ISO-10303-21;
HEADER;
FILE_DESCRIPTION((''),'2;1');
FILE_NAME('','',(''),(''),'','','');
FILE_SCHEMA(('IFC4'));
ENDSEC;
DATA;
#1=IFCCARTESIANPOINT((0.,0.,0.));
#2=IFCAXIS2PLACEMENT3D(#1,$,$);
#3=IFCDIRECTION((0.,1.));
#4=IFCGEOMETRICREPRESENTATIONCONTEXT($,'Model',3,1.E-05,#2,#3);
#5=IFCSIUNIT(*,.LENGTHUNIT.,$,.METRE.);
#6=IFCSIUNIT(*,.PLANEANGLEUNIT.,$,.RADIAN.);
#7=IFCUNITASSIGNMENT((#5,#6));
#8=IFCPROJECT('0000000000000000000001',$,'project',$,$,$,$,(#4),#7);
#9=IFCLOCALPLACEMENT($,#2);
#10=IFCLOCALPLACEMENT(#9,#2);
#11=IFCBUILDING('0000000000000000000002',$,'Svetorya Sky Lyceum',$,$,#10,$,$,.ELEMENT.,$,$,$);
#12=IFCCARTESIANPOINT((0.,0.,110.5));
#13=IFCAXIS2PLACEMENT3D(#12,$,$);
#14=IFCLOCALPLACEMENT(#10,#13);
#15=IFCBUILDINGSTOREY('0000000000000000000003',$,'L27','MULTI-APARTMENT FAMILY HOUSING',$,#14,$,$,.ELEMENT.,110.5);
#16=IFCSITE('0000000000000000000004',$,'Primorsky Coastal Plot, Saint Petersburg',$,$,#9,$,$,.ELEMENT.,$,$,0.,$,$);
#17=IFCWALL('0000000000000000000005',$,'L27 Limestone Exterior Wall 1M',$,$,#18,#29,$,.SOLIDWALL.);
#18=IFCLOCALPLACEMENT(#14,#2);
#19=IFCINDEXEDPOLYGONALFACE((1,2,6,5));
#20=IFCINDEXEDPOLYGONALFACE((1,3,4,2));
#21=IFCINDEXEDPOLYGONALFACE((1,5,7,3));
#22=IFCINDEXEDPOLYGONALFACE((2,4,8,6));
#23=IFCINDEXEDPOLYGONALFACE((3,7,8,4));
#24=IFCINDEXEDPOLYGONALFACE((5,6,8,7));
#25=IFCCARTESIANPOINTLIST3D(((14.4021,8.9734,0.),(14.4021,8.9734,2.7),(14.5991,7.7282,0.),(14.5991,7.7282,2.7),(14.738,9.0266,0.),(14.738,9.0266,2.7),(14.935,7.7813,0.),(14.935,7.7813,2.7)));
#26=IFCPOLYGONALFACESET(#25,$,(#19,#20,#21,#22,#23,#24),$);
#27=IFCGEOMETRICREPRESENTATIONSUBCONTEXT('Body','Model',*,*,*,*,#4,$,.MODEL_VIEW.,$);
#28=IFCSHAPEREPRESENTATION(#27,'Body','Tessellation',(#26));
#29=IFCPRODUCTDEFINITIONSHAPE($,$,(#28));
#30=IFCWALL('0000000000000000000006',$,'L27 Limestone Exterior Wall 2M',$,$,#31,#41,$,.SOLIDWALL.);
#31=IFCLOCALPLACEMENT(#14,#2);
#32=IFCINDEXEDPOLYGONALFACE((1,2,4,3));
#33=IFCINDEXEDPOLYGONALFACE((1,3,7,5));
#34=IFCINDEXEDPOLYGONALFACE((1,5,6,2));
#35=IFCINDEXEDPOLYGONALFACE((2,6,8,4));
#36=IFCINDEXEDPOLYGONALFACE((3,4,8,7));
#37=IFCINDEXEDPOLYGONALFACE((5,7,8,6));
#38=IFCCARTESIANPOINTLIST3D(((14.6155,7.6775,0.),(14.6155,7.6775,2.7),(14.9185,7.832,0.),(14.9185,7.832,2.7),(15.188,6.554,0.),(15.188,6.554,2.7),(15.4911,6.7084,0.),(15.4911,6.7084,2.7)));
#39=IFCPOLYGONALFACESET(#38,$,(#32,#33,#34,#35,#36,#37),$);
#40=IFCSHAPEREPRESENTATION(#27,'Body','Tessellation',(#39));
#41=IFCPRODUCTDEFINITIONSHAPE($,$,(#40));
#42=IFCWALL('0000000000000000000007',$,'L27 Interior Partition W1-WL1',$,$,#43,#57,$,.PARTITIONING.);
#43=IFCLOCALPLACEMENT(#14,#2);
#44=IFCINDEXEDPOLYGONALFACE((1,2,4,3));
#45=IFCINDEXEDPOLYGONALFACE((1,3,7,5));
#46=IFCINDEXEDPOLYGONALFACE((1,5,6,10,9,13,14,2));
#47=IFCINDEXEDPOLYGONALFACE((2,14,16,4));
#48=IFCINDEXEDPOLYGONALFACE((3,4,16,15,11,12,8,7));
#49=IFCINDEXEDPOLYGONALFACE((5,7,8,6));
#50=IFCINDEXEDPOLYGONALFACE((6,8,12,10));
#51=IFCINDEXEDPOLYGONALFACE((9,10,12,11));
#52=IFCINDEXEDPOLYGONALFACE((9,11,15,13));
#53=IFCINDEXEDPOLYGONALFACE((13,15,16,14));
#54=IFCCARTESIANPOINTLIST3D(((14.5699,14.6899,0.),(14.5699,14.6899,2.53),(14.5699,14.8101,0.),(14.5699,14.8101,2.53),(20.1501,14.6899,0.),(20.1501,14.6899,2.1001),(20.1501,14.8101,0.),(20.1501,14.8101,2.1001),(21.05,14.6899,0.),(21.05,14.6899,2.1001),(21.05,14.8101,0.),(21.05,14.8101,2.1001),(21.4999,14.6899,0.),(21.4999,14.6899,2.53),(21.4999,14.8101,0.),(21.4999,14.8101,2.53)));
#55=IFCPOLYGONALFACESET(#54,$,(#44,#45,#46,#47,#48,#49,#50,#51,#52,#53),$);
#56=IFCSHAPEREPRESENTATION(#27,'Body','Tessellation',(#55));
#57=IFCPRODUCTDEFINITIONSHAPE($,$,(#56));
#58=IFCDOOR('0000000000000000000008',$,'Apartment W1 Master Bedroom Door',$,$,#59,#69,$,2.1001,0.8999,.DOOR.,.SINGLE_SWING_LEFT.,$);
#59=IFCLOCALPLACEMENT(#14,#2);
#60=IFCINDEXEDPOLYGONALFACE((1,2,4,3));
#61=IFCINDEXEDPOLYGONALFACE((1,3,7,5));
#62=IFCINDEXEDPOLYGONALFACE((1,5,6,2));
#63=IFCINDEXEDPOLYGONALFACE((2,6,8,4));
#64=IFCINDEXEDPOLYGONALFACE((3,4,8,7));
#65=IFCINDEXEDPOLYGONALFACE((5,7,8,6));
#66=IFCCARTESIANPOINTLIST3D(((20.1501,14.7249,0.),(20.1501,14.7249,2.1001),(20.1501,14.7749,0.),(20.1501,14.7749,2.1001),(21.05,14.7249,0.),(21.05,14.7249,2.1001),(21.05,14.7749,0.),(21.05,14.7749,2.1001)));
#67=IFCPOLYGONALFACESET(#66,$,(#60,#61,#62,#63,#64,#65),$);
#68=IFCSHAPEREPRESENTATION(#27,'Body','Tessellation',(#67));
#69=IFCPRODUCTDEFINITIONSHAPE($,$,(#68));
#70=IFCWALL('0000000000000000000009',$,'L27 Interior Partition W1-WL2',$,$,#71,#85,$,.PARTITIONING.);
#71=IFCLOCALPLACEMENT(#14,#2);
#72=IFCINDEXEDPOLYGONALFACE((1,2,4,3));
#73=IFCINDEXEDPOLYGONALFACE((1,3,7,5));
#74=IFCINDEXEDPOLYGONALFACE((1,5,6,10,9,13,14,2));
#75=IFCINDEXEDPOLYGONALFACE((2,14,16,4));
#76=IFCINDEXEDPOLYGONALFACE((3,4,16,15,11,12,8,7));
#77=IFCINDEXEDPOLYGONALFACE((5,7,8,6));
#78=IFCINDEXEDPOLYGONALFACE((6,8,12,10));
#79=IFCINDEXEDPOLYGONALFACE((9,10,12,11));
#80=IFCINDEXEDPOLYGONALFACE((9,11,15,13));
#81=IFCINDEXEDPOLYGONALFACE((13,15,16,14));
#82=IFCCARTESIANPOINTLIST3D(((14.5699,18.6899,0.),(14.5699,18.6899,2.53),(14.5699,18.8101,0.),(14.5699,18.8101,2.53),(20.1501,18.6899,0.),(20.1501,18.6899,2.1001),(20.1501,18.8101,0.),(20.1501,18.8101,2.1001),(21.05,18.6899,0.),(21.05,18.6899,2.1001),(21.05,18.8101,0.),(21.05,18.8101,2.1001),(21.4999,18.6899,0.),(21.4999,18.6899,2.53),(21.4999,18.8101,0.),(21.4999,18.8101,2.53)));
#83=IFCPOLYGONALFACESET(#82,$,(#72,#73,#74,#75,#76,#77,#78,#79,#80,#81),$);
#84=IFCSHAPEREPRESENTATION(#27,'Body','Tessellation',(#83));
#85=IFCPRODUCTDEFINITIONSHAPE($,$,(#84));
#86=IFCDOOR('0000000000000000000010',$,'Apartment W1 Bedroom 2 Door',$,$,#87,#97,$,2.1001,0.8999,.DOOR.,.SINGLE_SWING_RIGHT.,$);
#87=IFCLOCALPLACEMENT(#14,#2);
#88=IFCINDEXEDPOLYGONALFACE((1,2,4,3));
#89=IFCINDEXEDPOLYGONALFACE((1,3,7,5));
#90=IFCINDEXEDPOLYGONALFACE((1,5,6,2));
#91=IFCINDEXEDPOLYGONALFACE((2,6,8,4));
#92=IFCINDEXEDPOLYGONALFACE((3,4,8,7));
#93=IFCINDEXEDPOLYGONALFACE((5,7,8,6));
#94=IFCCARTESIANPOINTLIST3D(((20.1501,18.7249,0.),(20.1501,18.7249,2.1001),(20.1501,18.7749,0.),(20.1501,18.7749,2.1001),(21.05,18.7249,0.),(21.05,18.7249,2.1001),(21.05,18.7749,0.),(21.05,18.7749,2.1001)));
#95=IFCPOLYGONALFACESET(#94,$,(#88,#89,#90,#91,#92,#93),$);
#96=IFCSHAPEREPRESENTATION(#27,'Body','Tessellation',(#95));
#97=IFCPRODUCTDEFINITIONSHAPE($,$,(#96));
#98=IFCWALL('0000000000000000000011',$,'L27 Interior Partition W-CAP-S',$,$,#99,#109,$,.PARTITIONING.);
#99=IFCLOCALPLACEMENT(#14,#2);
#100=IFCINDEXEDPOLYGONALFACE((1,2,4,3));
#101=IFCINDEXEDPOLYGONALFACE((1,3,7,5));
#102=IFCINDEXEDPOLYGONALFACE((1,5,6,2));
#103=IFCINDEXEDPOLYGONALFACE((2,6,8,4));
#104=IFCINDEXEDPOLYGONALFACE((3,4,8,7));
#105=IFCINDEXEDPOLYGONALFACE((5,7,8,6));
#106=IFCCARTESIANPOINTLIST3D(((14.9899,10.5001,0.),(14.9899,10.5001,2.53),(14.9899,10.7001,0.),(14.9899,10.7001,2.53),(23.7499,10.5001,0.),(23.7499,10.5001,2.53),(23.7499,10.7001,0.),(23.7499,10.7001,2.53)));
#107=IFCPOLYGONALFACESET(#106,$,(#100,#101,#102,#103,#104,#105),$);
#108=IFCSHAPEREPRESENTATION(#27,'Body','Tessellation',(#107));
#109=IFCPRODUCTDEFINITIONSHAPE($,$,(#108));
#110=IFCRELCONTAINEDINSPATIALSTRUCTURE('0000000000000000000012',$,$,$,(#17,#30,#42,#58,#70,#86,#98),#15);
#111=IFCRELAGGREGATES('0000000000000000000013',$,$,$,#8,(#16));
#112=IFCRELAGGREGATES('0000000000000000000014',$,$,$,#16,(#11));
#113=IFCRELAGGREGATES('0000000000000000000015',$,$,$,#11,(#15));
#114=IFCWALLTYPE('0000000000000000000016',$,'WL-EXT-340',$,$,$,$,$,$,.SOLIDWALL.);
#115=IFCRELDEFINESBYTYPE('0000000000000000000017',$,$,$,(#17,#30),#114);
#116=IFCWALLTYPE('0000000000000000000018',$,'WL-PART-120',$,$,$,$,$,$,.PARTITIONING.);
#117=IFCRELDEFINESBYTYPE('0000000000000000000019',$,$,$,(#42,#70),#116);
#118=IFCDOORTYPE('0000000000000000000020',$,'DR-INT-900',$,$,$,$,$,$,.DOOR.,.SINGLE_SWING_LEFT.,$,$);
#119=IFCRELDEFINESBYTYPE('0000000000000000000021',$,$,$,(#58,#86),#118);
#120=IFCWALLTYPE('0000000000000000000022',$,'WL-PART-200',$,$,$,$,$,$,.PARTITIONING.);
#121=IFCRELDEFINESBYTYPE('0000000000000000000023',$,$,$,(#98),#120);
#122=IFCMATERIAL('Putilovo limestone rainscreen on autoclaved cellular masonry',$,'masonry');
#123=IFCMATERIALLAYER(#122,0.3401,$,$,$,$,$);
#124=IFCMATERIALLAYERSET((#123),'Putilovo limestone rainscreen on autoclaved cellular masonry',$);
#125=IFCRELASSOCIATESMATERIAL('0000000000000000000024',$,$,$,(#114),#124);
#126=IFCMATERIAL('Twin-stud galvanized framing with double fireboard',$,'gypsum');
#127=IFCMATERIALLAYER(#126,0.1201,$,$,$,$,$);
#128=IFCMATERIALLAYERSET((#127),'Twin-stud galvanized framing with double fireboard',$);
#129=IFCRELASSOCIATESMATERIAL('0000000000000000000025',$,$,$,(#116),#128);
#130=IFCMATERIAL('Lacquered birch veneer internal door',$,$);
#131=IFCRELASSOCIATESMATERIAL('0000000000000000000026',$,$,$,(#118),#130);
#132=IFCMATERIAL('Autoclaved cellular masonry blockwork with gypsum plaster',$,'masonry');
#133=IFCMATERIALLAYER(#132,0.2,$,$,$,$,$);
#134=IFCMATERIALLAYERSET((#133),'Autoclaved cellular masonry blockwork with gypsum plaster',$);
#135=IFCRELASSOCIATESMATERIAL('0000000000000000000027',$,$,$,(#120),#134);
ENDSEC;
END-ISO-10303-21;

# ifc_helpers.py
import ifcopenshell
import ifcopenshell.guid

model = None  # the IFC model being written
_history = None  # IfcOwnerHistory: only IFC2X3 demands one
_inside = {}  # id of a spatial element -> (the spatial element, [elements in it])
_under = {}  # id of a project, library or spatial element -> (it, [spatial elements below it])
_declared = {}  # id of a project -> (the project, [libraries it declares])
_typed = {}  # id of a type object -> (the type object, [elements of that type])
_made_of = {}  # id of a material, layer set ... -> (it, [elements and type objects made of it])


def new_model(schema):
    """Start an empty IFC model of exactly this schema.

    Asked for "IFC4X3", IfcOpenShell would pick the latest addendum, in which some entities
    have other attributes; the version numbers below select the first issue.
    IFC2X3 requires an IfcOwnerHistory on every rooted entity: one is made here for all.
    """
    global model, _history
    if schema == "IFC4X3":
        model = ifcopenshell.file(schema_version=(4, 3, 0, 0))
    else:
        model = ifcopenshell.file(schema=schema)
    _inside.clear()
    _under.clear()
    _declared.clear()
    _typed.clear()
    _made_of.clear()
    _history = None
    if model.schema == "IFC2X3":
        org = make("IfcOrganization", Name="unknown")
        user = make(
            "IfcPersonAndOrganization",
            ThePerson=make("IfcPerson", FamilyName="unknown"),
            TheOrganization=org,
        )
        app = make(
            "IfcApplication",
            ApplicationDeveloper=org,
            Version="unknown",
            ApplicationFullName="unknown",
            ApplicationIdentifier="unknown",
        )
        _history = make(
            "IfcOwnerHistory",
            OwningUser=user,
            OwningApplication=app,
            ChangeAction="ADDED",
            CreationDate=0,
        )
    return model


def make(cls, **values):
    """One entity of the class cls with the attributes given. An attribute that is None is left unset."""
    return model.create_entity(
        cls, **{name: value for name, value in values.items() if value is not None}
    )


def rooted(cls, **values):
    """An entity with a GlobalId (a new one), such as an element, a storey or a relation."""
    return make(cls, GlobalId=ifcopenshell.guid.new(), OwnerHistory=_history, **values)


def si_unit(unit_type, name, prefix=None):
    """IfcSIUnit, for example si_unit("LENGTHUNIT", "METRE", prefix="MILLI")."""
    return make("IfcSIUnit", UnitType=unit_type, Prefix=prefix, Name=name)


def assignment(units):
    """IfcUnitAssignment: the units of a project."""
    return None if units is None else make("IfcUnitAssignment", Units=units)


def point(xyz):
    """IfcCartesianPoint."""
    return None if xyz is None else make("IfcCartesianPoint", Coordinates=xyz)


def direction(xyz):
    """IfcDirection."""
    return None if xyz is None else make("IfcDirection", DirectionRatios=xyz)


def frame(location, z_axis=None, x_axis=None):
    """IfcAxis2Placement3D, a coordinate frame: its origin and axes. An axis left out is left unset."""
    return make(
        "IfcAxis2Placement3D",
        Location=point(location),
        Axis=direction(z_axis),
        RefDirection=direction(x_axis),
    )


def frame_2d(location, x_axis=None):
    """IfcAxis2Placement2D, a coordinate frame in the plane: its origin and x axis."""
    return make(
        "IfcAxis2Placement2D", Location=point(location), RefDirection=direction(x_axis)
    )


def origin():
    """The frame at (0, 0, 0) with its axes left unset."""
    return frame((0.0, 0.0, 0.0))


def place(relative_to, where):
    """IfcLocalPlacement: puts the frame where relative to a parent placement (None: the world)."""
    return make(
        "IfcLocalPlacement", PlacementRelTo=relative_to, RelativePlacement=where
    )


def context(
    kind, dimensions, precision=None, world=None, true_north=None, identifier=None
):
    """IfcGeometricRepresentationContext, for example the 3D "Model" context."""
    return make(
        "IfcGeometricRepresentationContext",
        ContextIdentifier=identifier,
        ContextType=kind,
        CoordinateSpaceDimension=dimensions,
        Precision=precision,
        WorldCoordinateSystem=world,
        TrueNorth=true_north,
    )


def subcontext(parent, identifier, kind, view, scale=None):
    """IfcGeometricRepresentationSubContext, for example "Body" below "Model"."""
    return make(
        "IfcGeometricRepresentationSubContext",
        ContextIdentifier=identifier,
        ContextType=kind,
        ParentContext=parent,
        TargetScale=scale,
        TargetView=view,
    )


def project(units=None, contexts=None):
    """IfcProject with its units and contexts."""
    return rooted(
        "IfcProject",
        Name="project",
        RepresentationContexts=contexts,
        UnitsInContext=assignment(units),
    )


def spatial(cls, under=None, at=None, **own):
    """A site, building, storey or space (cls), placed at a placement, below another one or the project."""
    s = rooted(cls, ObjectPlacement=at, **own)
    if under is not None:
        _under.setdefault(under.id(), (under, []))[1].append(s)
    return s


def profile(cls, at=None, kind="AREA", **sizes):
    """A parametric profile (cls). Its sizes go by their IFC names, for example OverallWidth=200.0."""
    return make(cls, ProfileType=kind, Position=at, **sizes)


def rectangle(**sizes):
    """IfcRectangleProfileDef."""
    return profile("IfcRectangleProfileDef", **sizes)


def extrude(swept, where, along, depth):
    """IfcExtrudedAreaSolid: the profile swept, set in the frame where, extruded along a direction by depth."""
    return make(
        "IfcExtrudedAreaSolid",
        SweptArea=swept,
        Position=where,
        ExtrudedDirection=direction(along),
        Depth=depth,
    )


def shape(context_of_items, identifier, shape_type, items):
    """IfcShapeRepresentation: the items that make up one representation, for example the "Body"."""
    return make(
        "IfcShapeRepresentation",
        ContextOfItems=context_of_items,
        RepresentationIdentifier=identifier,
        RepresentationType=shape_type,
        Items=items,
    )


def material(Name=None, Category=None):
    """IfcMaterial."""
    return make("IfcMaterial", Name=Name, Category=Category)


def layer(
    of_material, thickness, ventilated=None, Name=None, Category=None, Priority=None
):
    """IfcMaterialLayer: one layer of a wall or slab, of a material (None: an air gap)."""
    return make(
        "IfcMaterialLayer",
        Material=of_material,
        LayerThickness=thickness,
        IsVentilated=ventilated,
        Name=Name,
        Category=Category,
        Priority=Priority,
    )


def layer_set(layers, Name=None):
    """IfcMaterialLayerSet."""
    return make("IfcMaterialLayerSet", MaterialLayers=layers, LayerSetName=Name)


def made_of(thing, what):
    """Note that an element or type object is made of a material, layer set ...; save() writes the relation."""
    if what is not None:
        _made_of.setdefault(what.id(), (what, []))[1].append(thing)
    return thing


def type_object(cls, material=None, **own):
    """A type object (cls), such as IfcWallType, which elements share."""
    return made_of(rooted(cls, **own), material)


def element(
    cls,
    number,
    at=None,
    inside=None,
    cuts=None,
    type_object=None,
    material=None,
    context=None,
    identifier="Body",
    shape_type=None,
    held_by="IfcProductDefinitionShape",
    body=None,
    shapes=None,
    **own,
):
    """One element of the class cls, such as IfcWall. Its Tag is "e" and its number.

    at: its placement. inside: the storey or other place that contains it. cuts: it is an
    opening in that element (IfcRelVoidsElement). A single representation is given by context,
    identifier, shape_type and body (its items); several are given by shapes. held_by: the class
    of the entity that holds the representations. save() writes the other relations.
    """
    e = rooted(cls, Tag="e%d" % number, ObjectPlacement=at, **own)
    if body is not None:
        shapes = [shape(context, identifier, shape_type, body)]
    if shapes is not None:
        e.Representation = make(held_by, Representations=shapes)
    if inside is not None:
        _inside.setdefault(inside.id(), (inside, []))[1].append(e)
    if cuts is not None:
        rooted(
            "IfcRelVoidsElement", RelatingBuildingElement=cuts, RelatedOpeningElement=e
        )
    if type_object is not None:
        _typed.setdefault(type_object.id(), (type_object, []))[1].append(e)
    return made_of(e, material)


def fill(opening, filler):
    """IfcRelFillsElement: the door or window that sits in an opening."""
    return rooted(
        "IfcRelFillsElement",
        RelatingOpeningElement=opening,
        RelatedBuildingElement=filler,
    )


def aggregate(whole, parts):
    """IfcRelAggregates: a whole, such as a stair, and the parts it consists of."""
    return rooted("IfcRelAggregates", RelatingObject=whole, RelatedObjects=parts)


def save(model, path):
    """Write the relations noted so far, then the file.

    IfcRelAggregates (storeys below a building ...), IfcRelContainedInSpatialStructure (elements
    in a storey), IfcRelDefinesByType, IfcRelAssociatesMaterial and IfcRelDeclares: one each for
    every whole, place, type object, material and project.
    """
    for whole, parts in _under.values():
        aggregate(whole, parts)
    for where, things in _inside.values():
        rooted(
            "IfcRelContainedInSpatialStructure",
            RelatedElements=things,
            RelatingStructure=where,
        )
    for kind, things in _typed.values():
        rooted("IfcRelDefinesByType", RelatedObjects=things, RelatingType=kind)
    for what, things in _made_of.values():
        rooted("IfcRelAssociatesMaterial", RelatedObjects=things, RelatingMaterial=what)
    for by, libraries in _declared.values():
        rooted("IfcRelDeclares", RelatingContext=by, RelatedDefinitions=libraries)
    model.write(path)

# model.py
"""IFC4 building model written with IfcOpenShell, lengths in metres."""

from ifc_helpers import new_model, si_unit, direction, frame, frame_2d, origin, place, context, subcontext, project, spatial, rectangle, extrude, material, layer, layer_set, type_object, element, fill, save


model = new_model("IFC4")

# Units and contexts
model_context = context("Model", 3, precision=1e-05, world=origin(), true_north=direction((0.0, 1.0)))
body_context = subcontext(model_context, "Body", "Model", "MODEL_VIEW")
ifc_project = project(units=[si_unit("LENGTHUNIT", "METRE"), si_unit("PLANEANGLEUNIT", "RADIAN")], contexts=[model_context])

# Site, building, storey
site_placement = place(None, origin())
site = spatial("IfcSite", under=ifc_project, at=site_placement, Name="Primorsky Coastal Plot, Saint Petersburg", CompositionType="ELEMENT", RefElevation=0.0)
building_placement = place(site_placement, origin())
building = spatial("IfcBuilding", under=site, at=building_placement, Name="Svetorya Sky Lyceum", CompositionType="ELEMENT")
storey_placement = place(building_placement, frame((0.0, 0.0, 110.5)))
storey = spatial("IfcBuildingStorey", under=building, at=storey_placement, Name="L27", Description="MULTI-APARTMENT FAMILY HOUSING", CompositionType="ELEMENT", Elevation=110.5)

# Walls
ifc_material_1 = material(Name="Putilovo limestone rainscreen on autoclaved cellular masonry", Category="masonry")
ifc_layer_1 = layer(ifc_material_1, 0.3401)
ifc_layer_set_1 = layer_set([ifc_layer_1], Name="Putilovo limestone rainscreen on autoclaved cellular masonry")
wall_type_1 = type_object("IfcWallType", Name="WL-EXT-340", PredefinedType="SOLIDWALL", material=ifc_layer_set_1)
wall_1_placement = place(storey_placement, frame((14.5701, 9.0, 0.0), z_axis=(0.0, 0.0, 1.0), x_axis=(0.156261, -0.987716, 0.0)))
element("IfcWall", 1, at=wall_1_placement, inside=storey, type_object=wall_type_1, Name="L27 Limestone Exterior Wall 1M", PredefinedType="SOLIDWALL", context=body_context, shape_type="SweptSolid", body=[
    extrude(rectangle(XDim=1.2607, YDim=0.3401, at=frame_2d((0.6304, 0.0))), origin(), (0.0, 0.0, 1.0), 2.7),
])
wall_2_placement = place(storey_placement, frame((14.7671, 7.7546, 0.0), z_axis=(0.0, 0.0, 1.0), x_axis=(0.454016, -0.890994, 0.0)))
element("IfcWall", 2, at=wall_2_placement, inside=storey, type_object=wall_type_1, Name="L27 Limestone Exterior Wall 2M", PredefinedType="SOLIDWALL", context=body_context, shape_type="SweptSolid", body=[
    extrude(rectangle(XDim=1.261, YDim=0.3401, at=frame_2d((0.6304, 0.0))), origin(), (0.0, 0.0, 1.0), 2.7),
])

# Walls, openings, doors
ifc_material_2 = material(Name="Twin-stud galvanized framing with double fireboard", Category="gypsum")
ifc_layer_2 = layer(ifc_material_2, 0.1201)
ifc_layer_set_2 = layer_set([ifc_layer_2], Name="Twin-stud galvanized framing with double fireboard")
wall_type_2 = type_object("IfcWallType", Name="WL-PART-120", PredefinedType="PARTITIONING", material=ifc_layer_set_2)
wall_3_placement = place(storey_placement, frame((14.5701, 14.75, 0.0), z_axis=(0.0, 0.0, 1.0), x_axis=(1.0, 0.0, 0.0)))
wall_3 = element("IfcWall", 3, at=wall_3_placement, inside=storey, type_object=wall_type_2, Name="L27 Interior Partition W1-WL1", PredefinedType="PARTITIONING", context=body_context, shape_type="SweptSolid", body=[
    extrude(rectangle(XDim=6.9299, YDim=0.1201, at=frame_2d((3.4648, 0.0))), origin(), (0.0, 0.0, 1.0), 2.53),
])
opening_1_placement = place(wall_3_placement, frame((5.5801, 0.0, 0.0)))
opening_1 = element("IfcOpeningElement", 4, at=opening_1_placement, cuts=wall_3, PredefinedType="OPENING", context=body_context, shape_type="SweptSolid", body=[
    extrude(rectangle(XDim=0.8999, YDim=2.1001, at=frame_2d((0.45, 1.05))), frame((0.0, 0.0701, 0.0), z_axis=(0.0, -1.0, 0.0), x_axis=(1.0, 0.0, 0.0)), (0.0, 0.0, 1.0), 0.1401),
])
ifc_material_3 = material(Name="Lacquered birch veneer internal door")
door_type = type_object("IfcDoorType", Name="DR-INT-900", OperationType="SINGLE_SWING_LEFT", PredefinedType="DOOR", material=ifc_material_3)
door_1_placement = place(opening_1_placement, origin())
door_1 = element("IfcDoor", 5, at=door_1_placement, inside=storey, type_object=door_type, Name="Apartment W1 Master Bedroom Door", OperationType="SINGLE_SWING_LEFT", OverallHeight=2.1001, OverallWidth=0.8999, PredefinedType="DOOR", context=body_context, shape_type="SweptSolid", body=[
    extrude(rectangle(XDim=0.8999, YDim=2.1001, at=frame_2d((0.45, 1.05))), frame((0.0, 0.0249, 0.0), z_axis=(0.0, -1.0, 0.0), x_axis=(1.0, 0.0, 0.0)), (0.0, 0.0, 1.0), 0.05),
])
fill(opening_1, door_1)
wall_4_placement = place(storey_placement, frame((14.5701, 18.75, 0.0), z_axis=(0.0, 0.0, 1.0), x_axis=(1.0, 0.0, 0.0)))
wall_4 = element("IfcWall", 6, at=wall_4_placement, inside=storey, type_object=wall_type_2, Name="L27 Interior Partition W1-WL2", PredefinedType="PARTITIONING", context=body_context, shape_type="SweptSolid", body=[
    extrude(rectangle(XDim=6.9299, YDim=0.1201, at=frame_2d((3.4648, 0.0))), origin(), (0.0, 0.0, 1.0), 2.53),
])
opening_2_placement = place(wall_4_placement, frame((5.5801, 0.0, 0.0)))
opening_2 = element("IfcOpeningElement", 7, at=opening_2_placement, cuts=wall_4, PredefinedType="OPENING", context=body_context, shape_type="SweptSolid", body=[
    extrude(rectangle(XDim=0.8999, YDim=2.1001, at=frame_2d((0.45, 1.05))), frame((0.0, 0.0701, 0.0), z_axis=(0.0, -1.0, 0.0), x_axis=(1.0, 0.0, 0.0)), (0.0, 0.0, 1.0), 0.1401),
])
door_2_placement = place(opening_2_placement, origin())
door_2 = element("IfcDoor", 8, at=door_2_placement, inside=storey, type_object=door_type, Name="Apartment W1 Bedroom 2 Door", OperationType="SINGLE_SWING_RIGHT", OverallHeight=2.1001, OverallWidth=0.8999, PredefinedType="DOOR", context=body_context, shape_type="SweptSolid", body=[
    extrude(rectangle(XDim=0.8999, YDim=2.1001, at=frame_2d((0.45, 1.05))), frame((0.0, 0.0249, 0.0), z_axis=(0.0, -1.0, 0.0), x_axis=(1.0, 0.0, 0.0)), (0.0, 0.0, 1.0), 0.05),
])
fill(opening_2, door_2)

# Wall
ifc_material_4 = material(Name="Autoclaved cellular masonry blockwork with gypsum plaster", Category="masonry")
ifc_layer_3 = layer(ifc_material_4, 0.2)
ifc_layer_set_3 = layer_set([ifc_layer_3], Name="Autoclaved cellular masonry blockwork with gypsum plaster")
wall_type_3 = type_object("IfcWallType", Name="WL-PART-200", PredefinedType="PARTITIONING", material=ifc_layer_set_3)
wall_5_placement = place(storey_placement, frame((14.99, 10.6001, 0.0), z_axis=(0.0, 0.0, 1.0), x_axis=(1.0, 0.0, 0.0)))
element("IfcWall", 9, at=wall_5_placement, inside=storey, type_object=wall_type_3, Name="L27 Interior Partition W-CAP-S", PredefinedType="PARTITIONING", context=body_context, shape_type="SweptSolid", body=[
    extrude(rectangle(XDim=8.76, YDim=0.2, at=frame_2d((4.3799, 0.0))), origin(), (0.0, 0.0, 1.0), 2.53),
])

save(model, "model.ifc")
